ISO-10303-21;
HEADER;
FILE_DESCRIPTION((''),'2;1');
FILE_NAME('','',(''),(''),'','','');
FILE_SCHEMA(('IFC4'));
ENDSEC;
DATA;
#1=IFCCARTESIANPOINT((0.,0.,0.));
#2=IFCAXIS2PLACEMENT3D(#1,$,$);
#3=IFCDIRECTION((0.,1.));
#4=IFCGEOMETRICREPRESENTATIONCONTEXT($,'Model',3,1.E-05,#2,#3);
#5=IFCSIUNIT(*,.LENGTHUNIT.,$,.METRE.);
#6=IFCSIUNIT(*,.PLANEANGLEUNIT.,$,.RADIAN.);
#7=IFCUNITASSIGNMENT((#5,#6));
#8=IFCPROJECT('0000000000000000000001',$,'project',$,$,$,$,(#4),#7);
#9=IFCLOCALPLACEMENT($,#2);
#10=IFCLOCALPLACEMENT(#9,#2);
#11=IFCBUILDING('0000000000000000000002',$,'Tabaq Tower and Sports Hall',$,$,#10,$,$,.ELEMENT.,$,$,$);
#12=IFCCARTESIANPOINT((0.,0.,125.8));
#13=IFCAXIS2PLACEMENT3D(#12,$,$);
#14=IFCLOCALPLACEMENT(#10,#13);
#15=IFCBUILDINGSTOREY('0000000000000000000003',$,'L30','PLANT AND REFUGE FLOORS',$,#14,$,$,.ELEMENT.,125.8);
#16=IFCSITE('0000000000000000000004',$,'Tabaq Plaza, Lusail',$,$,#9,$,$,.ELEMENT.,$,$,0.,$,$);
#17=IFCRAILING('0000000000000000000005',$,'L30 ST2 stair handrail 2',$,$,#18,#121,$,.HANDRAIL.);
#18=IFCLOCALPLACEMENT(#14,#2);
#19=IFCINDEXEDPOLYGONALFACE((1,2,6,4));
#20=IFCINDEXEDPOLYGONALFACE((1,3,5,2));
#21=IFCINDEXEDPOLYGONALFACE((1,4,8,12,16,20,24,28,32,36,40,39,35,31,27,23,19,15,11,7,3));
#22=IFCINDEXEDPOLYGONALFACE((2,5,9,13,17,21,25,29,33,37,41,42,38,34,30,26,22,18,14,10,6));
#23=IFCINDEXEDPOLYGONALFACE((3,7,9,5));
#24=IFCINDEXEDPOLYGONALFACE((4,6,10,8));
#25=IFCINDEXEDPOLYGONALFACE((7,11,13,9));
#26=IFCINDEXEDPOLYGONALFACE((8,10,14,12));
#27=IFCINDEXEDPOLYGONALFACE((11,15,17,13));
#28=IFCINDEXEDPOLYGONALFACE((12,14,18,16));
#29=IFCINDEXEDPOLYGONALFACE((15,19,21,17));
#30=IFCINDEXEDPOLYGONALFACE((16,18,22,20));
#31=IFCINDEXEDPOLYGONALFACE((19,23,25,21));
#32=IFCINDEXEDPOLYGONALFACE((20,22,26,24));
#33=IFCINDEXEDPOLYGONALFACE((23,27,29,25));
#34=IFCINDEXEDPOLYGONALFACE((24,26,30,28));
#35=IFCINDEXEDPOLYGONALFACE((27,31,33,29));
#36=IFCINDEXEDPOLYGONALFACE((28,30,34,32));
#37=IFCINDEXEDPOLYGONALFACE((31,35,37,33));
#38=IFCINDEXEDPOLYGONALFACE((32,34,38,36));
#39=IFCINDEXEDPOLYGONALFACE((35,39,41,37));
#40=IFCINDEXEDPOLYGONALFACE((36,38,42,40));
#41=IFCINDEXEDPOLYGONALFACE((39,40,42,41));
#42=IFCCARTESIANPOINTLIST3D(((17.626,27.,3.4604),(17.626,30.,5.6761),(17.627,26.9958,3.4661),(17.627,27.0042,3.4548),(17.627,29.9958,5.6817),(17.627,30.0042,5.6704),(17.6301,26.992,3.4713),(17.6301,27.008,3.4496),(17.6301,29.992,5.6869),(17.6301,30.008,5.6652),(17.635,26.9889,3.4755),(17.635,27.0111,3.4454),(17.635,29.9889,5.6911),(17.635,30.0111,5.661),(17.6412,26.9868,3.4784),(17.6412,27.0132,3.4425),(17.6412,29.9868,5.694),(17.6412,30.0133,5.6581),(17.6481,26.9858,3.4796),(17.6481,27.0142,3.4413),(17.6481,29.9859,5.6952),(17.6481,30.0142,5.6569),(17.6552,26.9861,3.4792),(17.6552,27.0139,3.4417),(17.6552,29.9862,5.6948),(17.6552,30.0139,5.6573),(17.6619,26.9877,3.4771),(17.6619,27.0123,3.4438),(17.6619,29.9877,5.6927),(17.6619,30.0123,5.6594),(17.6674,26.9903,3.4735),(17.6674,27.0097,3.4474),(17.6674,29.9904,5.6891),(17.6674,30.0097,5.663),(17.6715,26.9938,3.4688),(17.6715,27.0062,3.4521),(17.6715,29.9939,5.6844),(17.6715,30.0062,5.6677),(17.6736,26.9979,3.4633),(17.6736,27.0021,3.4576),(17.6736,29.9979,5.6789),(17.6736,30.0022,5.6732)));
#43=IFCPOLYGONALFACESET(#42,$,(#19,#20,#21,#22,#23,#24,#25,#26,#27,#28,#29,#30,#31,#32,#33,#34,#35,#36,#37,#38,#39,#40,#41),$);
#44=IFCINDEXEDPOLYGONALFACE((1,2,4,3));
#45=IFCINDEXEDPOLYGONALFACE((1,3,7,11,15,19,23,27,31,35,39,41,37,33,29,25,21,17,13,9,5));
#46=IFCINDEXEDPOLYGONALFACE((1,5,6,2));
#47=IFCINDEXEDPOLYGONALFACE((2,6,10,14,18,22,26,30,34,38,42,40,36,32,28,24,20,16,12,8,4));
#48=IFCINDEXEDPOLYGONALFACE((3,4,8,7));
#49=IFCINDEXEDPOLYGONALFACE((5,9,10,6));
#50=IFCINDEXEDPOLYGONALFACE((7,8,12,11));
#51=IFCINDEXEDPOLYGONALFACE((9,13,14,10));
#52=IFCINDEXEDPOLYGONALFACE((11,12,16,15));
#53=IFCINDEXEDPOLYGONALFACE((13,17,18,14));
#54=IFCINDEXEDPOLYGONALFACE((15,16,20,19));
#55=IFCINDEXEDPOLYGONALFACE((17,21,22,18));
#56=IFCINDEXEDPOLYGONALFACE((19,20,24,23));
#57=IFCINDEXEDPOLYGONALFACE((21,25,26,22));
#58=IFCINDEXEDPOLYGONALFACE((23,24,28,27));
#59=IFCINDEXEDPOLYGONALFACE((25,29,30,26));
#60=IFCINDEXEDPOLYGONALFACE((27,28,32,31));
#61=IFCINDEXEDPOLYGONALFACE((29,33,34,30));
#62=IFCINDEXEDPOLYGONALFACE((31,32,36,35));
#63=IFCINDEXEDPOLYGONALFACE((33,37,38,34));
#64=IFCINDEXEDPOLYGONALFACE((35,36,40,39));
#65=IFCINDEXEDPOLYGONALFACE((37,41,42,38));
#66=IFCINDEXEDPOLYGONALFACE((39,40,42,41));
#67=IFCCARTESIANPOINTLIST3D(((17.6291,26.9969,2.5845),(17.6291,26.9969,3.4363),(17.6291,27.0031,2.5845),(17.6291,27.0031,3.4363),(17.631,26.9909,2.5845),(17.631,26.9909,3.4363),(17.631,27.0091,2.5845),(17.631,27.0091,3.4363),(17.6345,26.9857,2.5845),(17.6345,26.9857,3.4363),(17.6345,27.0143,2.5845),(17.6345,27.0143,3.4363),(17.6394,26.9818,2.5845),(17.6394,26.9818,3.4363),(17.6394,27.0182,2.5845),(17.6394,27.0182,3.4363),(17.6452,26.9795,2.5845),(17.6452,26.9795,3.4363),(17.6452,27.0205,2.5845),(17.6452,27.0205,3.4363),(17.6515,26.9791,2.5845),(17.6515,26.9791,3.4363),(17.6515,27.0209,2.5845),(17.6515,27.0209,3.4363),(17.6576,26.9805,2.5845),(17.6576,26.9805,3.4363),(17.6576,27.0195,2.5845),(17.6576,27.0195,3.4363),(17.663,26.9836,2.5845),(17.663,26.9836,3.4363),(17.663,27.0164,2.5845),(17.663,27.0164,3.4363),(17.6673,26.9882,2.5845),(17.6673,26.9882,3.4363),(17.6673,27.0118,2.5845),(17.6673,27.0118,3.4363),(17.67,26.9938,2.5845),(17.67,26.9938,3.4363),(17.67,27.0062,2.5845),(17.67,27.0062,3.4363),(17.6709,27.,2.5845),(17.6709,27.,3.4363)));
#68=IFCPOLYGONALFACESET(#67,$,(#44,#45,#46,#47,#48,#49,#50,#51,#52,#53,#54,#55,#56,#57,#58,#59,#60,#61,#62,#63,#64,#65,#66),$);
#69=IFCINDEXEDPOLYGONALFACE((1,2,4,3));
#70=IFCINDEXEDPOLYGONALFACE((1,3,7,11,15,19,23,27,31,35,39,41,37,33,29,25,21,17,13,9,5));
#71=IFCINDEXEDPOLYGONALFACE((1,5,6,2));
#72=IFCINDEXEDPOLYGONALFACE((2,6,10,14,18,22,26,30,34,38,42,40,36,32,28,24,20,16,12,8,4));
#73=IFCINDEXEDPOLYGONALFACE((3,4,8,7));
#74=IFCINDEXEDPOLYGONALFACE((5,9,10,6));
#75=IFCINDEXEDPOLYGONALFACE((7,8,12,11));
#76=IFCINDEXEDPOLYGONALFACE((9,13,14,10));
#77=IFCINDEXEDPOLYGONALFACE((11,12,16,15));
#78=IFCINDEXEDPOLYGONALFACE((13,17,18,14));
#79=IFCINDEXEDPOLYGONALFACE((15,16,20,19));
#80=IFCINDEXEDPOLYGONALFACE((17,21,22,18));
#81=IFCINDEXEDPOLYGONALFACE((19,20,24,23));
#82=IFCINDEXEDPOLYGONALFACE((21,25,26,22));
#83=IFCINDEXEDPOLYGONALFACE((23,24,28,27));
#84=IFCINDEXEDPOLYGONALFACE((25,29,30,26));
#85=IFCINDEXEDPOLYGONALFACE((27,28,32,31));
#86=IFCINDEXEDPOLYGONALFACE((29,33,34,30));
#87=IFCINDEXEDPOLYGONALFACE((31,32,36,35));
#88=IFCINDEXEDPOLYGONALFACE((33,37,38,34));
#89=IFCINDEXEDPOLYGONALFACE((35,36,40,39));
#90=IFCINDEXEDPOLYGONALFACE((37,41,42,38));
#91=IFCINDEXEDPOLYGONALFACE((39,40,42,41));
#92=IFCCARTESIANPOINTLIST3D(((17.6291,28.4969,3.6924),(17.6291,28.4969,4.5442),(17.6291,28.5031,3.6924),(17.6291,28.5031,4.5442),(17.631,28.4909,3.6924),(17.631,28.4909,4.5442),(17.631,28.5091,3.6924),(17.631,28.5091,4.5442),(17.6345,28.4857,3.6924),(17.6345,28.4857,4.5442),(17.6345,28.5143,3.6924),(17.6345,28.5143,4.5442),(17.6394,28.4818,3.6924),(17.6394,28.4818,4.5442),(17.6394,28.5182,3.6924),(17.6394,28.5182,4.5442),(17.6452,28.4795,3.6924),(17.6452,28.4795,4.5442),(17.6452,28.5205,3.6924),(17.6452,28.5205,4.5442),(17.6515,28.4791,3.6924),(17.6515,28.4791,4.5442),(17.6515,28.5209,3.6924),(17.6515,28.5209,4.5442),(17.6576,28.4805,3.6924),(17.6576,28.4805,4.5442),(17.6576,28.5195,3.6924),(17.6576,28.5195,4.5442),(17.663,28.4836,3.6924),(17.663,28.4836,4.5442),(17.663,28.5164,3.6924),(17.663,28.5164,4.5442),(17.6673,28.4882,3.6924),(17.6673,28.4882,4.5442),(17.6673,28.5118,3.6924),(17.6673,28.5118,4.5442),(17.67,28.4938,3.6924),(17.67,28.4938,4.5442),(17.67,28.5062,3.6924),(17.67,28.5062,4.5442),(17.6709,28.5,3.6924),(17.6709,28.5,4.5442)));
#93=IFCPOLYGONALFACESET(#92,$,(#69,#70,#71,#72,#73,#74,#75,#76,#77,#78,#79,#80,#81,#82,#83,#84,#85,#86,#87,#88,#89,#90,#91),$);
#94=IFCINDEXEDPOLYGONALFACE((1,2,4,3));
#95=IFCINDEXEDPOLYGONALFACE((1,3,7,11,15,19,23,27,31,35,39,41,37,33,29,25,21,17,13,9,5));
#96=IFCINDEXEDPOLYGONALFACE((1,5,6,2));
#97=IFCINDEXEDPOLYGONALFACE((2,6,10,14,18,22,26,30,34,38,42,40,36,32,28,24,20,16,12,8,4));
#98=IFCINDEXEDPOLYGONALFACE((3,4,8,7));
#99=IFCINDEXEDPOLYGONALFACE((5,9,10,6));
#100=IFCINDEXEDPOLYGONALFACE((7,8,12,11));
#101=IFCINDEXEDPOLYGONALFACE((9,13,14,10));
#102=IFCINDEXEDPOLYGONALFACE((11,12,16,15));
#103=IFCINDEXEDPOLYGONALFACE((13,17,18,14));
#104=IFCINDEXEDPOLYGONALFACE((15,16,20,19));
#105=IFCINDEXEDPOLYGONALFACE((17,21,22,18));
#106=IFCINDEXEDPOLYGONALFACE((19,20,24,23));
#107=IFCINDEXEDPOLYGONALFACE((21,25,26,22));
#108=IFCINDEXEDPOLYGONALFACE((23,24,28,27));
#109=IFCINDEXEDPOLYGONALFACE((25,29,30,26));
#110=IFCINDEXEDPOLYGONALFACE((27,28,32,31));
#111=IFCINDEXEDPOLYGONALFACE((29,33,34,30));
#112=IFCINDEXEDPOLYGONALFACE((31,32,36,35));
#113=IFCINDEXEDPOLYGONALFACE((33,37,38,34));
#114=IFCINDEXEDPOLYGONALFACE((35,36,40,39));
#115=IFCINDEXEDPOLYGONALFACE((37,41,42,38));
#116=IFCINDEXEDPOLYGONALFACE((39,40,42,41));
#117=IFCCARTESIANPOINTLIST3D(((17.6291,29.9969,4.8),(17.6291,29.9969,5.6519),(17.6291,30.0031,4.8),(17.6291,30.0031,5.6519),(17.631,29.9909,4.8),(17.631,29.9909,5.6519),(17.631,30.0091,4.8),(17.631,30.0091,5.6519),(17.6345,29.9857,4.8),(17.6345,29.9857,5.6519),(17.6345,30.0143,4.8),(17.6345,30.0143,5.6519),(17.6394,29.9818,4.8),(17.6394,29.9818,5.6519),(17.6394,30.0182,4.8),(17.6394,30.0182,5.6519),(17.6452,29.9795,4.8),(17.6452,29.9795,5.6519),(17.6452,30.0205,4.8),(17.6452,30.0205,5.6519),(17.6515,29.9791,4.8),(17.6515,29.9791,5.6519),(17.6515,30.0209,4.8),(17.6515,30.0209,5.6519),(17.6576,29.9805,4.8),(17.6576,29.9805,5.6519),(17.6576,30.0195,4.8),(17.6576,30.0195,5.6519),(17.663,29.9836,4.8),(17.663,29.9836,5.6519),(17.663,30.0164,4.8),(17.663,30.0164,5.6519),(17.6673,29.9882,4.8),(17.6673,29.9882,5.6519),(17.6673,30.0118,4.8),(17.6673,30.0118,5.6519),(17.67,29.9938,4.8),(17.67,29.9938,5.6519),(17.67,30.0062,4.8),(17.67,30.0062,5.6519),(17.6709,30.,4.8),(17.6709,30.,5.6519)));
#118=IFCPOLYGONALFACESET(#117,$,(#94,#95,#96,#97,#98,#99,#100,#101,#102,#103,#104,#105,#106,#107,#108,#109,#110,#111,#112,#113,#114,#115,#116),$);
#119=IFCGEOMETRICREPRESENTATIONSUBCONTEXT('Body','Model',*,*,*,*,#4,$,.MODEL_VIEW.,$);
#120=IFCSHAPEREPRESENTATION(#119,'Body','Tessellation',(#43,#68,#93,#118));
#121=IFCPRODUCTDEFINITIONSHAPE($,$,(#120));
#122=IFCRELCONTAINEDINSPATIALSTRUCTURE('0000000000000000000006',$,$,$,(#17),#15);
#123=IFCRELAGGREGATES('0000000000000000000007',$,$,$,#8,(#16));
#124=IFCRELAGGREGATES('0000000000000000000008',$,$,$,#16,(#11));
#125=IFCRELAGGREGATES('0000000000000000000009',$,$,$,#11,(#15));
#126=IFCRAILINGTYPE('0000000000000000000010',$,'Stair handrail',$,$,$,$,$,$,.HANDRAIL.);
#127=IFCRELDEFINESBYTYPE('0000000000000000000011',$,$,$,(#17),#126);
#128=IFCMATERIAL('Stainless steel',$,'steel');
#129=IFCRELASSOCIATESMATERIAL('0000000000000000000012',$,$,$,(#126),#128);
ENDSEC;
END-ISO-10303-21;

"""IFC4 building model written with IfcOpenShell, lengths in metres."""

from ifc_helpers import new_model, si_unit, direction, frame, origin, origin_2d, place, context, subcontext, project, spatial, circle, extrude, material, type_object, element, save


model = new_model("IFC4")

# Units and contexts
model_context = context("Model", 3, precision=1e-05, world=origin(), true_north=direction((0.0, 1.0)))
body_context = subcontext(model_context, "Body", "Model", "MODEL_VIEW")
ifc_project = project(units=[si_unit("LENGTHUNIT", "METRE"), si_unit("PLANEANGLEUNIT", "RADIAN")], contexts=[model_context])

# Site, building, storey
site_placement = place(None, origin())
site = spatial("IfcSite", under=ifc_project, at=site_placement, Name="Tabaq Plaza, Lusail", CompositionType="ELEMENT", RefElevation=0.0)
building_placement = place(site_placement, origin())
building = spatial("IfcBuilding", under=site, at=building_placement, Name="Tabaq Tower and Sports Hall", CompositionType="ELEMENT")
storey_placement = place(building_placement, frame((0.0, 0.0, 125.8)))
storey = spatial("IfcBuildingStorey", under=building, at=storey_placement, Name="L30", Description="PLANT AND REFUGE FLOORS", CompositionType="ELEMENT", Elevation=125.8)

# Railing
ifc_material_1 = material(Name="Stainless steel", Category="steel")
railing_type_1 = type_object("IfcRailingType", Name="Stair handrail", PredefinedType="HANDRAIL", material=ifc_material_1)
railing_1_placement = place(storey_placement, frame((17.6499, 27.0, 2.5845)))
element("IfcRailing", 1, at=railing_1_placement, inside=storey, type_object=railing_type_1, Name="L30 ST2 stair handrail 2", PredefinedType="HANDRAIL", context=body_context, shape_type="SweptSolid", body=[
    extrude(circle(Radius=0.0239, at=origin_2d()), frame((0.0, 0.0, 0.876), z_axis=(0.0, 0.804409, 0.594076), x_axis=(-1.0, 0.0, 0.0)), (0.0, 0.0, 1.0), 3.7295),
    extrude(circle(Radius=0.021, at=origin_2d()), origin(), (0.0, 0.0, 1.0), 0.8518),
    extrude(circle(Radius=0.021, at=origin_2d()), frame((0.0, 1.5, 1.1079)), (0.0, 0.0, 1.0), 0.8518),
    extrude(circle(Radius=0.021, at=origin_2d()), frame((0.0, 3.0, 2.2156)), (0.0, 0.0, 1.0), 0.8518),
])

save(model, "model.ifc")
